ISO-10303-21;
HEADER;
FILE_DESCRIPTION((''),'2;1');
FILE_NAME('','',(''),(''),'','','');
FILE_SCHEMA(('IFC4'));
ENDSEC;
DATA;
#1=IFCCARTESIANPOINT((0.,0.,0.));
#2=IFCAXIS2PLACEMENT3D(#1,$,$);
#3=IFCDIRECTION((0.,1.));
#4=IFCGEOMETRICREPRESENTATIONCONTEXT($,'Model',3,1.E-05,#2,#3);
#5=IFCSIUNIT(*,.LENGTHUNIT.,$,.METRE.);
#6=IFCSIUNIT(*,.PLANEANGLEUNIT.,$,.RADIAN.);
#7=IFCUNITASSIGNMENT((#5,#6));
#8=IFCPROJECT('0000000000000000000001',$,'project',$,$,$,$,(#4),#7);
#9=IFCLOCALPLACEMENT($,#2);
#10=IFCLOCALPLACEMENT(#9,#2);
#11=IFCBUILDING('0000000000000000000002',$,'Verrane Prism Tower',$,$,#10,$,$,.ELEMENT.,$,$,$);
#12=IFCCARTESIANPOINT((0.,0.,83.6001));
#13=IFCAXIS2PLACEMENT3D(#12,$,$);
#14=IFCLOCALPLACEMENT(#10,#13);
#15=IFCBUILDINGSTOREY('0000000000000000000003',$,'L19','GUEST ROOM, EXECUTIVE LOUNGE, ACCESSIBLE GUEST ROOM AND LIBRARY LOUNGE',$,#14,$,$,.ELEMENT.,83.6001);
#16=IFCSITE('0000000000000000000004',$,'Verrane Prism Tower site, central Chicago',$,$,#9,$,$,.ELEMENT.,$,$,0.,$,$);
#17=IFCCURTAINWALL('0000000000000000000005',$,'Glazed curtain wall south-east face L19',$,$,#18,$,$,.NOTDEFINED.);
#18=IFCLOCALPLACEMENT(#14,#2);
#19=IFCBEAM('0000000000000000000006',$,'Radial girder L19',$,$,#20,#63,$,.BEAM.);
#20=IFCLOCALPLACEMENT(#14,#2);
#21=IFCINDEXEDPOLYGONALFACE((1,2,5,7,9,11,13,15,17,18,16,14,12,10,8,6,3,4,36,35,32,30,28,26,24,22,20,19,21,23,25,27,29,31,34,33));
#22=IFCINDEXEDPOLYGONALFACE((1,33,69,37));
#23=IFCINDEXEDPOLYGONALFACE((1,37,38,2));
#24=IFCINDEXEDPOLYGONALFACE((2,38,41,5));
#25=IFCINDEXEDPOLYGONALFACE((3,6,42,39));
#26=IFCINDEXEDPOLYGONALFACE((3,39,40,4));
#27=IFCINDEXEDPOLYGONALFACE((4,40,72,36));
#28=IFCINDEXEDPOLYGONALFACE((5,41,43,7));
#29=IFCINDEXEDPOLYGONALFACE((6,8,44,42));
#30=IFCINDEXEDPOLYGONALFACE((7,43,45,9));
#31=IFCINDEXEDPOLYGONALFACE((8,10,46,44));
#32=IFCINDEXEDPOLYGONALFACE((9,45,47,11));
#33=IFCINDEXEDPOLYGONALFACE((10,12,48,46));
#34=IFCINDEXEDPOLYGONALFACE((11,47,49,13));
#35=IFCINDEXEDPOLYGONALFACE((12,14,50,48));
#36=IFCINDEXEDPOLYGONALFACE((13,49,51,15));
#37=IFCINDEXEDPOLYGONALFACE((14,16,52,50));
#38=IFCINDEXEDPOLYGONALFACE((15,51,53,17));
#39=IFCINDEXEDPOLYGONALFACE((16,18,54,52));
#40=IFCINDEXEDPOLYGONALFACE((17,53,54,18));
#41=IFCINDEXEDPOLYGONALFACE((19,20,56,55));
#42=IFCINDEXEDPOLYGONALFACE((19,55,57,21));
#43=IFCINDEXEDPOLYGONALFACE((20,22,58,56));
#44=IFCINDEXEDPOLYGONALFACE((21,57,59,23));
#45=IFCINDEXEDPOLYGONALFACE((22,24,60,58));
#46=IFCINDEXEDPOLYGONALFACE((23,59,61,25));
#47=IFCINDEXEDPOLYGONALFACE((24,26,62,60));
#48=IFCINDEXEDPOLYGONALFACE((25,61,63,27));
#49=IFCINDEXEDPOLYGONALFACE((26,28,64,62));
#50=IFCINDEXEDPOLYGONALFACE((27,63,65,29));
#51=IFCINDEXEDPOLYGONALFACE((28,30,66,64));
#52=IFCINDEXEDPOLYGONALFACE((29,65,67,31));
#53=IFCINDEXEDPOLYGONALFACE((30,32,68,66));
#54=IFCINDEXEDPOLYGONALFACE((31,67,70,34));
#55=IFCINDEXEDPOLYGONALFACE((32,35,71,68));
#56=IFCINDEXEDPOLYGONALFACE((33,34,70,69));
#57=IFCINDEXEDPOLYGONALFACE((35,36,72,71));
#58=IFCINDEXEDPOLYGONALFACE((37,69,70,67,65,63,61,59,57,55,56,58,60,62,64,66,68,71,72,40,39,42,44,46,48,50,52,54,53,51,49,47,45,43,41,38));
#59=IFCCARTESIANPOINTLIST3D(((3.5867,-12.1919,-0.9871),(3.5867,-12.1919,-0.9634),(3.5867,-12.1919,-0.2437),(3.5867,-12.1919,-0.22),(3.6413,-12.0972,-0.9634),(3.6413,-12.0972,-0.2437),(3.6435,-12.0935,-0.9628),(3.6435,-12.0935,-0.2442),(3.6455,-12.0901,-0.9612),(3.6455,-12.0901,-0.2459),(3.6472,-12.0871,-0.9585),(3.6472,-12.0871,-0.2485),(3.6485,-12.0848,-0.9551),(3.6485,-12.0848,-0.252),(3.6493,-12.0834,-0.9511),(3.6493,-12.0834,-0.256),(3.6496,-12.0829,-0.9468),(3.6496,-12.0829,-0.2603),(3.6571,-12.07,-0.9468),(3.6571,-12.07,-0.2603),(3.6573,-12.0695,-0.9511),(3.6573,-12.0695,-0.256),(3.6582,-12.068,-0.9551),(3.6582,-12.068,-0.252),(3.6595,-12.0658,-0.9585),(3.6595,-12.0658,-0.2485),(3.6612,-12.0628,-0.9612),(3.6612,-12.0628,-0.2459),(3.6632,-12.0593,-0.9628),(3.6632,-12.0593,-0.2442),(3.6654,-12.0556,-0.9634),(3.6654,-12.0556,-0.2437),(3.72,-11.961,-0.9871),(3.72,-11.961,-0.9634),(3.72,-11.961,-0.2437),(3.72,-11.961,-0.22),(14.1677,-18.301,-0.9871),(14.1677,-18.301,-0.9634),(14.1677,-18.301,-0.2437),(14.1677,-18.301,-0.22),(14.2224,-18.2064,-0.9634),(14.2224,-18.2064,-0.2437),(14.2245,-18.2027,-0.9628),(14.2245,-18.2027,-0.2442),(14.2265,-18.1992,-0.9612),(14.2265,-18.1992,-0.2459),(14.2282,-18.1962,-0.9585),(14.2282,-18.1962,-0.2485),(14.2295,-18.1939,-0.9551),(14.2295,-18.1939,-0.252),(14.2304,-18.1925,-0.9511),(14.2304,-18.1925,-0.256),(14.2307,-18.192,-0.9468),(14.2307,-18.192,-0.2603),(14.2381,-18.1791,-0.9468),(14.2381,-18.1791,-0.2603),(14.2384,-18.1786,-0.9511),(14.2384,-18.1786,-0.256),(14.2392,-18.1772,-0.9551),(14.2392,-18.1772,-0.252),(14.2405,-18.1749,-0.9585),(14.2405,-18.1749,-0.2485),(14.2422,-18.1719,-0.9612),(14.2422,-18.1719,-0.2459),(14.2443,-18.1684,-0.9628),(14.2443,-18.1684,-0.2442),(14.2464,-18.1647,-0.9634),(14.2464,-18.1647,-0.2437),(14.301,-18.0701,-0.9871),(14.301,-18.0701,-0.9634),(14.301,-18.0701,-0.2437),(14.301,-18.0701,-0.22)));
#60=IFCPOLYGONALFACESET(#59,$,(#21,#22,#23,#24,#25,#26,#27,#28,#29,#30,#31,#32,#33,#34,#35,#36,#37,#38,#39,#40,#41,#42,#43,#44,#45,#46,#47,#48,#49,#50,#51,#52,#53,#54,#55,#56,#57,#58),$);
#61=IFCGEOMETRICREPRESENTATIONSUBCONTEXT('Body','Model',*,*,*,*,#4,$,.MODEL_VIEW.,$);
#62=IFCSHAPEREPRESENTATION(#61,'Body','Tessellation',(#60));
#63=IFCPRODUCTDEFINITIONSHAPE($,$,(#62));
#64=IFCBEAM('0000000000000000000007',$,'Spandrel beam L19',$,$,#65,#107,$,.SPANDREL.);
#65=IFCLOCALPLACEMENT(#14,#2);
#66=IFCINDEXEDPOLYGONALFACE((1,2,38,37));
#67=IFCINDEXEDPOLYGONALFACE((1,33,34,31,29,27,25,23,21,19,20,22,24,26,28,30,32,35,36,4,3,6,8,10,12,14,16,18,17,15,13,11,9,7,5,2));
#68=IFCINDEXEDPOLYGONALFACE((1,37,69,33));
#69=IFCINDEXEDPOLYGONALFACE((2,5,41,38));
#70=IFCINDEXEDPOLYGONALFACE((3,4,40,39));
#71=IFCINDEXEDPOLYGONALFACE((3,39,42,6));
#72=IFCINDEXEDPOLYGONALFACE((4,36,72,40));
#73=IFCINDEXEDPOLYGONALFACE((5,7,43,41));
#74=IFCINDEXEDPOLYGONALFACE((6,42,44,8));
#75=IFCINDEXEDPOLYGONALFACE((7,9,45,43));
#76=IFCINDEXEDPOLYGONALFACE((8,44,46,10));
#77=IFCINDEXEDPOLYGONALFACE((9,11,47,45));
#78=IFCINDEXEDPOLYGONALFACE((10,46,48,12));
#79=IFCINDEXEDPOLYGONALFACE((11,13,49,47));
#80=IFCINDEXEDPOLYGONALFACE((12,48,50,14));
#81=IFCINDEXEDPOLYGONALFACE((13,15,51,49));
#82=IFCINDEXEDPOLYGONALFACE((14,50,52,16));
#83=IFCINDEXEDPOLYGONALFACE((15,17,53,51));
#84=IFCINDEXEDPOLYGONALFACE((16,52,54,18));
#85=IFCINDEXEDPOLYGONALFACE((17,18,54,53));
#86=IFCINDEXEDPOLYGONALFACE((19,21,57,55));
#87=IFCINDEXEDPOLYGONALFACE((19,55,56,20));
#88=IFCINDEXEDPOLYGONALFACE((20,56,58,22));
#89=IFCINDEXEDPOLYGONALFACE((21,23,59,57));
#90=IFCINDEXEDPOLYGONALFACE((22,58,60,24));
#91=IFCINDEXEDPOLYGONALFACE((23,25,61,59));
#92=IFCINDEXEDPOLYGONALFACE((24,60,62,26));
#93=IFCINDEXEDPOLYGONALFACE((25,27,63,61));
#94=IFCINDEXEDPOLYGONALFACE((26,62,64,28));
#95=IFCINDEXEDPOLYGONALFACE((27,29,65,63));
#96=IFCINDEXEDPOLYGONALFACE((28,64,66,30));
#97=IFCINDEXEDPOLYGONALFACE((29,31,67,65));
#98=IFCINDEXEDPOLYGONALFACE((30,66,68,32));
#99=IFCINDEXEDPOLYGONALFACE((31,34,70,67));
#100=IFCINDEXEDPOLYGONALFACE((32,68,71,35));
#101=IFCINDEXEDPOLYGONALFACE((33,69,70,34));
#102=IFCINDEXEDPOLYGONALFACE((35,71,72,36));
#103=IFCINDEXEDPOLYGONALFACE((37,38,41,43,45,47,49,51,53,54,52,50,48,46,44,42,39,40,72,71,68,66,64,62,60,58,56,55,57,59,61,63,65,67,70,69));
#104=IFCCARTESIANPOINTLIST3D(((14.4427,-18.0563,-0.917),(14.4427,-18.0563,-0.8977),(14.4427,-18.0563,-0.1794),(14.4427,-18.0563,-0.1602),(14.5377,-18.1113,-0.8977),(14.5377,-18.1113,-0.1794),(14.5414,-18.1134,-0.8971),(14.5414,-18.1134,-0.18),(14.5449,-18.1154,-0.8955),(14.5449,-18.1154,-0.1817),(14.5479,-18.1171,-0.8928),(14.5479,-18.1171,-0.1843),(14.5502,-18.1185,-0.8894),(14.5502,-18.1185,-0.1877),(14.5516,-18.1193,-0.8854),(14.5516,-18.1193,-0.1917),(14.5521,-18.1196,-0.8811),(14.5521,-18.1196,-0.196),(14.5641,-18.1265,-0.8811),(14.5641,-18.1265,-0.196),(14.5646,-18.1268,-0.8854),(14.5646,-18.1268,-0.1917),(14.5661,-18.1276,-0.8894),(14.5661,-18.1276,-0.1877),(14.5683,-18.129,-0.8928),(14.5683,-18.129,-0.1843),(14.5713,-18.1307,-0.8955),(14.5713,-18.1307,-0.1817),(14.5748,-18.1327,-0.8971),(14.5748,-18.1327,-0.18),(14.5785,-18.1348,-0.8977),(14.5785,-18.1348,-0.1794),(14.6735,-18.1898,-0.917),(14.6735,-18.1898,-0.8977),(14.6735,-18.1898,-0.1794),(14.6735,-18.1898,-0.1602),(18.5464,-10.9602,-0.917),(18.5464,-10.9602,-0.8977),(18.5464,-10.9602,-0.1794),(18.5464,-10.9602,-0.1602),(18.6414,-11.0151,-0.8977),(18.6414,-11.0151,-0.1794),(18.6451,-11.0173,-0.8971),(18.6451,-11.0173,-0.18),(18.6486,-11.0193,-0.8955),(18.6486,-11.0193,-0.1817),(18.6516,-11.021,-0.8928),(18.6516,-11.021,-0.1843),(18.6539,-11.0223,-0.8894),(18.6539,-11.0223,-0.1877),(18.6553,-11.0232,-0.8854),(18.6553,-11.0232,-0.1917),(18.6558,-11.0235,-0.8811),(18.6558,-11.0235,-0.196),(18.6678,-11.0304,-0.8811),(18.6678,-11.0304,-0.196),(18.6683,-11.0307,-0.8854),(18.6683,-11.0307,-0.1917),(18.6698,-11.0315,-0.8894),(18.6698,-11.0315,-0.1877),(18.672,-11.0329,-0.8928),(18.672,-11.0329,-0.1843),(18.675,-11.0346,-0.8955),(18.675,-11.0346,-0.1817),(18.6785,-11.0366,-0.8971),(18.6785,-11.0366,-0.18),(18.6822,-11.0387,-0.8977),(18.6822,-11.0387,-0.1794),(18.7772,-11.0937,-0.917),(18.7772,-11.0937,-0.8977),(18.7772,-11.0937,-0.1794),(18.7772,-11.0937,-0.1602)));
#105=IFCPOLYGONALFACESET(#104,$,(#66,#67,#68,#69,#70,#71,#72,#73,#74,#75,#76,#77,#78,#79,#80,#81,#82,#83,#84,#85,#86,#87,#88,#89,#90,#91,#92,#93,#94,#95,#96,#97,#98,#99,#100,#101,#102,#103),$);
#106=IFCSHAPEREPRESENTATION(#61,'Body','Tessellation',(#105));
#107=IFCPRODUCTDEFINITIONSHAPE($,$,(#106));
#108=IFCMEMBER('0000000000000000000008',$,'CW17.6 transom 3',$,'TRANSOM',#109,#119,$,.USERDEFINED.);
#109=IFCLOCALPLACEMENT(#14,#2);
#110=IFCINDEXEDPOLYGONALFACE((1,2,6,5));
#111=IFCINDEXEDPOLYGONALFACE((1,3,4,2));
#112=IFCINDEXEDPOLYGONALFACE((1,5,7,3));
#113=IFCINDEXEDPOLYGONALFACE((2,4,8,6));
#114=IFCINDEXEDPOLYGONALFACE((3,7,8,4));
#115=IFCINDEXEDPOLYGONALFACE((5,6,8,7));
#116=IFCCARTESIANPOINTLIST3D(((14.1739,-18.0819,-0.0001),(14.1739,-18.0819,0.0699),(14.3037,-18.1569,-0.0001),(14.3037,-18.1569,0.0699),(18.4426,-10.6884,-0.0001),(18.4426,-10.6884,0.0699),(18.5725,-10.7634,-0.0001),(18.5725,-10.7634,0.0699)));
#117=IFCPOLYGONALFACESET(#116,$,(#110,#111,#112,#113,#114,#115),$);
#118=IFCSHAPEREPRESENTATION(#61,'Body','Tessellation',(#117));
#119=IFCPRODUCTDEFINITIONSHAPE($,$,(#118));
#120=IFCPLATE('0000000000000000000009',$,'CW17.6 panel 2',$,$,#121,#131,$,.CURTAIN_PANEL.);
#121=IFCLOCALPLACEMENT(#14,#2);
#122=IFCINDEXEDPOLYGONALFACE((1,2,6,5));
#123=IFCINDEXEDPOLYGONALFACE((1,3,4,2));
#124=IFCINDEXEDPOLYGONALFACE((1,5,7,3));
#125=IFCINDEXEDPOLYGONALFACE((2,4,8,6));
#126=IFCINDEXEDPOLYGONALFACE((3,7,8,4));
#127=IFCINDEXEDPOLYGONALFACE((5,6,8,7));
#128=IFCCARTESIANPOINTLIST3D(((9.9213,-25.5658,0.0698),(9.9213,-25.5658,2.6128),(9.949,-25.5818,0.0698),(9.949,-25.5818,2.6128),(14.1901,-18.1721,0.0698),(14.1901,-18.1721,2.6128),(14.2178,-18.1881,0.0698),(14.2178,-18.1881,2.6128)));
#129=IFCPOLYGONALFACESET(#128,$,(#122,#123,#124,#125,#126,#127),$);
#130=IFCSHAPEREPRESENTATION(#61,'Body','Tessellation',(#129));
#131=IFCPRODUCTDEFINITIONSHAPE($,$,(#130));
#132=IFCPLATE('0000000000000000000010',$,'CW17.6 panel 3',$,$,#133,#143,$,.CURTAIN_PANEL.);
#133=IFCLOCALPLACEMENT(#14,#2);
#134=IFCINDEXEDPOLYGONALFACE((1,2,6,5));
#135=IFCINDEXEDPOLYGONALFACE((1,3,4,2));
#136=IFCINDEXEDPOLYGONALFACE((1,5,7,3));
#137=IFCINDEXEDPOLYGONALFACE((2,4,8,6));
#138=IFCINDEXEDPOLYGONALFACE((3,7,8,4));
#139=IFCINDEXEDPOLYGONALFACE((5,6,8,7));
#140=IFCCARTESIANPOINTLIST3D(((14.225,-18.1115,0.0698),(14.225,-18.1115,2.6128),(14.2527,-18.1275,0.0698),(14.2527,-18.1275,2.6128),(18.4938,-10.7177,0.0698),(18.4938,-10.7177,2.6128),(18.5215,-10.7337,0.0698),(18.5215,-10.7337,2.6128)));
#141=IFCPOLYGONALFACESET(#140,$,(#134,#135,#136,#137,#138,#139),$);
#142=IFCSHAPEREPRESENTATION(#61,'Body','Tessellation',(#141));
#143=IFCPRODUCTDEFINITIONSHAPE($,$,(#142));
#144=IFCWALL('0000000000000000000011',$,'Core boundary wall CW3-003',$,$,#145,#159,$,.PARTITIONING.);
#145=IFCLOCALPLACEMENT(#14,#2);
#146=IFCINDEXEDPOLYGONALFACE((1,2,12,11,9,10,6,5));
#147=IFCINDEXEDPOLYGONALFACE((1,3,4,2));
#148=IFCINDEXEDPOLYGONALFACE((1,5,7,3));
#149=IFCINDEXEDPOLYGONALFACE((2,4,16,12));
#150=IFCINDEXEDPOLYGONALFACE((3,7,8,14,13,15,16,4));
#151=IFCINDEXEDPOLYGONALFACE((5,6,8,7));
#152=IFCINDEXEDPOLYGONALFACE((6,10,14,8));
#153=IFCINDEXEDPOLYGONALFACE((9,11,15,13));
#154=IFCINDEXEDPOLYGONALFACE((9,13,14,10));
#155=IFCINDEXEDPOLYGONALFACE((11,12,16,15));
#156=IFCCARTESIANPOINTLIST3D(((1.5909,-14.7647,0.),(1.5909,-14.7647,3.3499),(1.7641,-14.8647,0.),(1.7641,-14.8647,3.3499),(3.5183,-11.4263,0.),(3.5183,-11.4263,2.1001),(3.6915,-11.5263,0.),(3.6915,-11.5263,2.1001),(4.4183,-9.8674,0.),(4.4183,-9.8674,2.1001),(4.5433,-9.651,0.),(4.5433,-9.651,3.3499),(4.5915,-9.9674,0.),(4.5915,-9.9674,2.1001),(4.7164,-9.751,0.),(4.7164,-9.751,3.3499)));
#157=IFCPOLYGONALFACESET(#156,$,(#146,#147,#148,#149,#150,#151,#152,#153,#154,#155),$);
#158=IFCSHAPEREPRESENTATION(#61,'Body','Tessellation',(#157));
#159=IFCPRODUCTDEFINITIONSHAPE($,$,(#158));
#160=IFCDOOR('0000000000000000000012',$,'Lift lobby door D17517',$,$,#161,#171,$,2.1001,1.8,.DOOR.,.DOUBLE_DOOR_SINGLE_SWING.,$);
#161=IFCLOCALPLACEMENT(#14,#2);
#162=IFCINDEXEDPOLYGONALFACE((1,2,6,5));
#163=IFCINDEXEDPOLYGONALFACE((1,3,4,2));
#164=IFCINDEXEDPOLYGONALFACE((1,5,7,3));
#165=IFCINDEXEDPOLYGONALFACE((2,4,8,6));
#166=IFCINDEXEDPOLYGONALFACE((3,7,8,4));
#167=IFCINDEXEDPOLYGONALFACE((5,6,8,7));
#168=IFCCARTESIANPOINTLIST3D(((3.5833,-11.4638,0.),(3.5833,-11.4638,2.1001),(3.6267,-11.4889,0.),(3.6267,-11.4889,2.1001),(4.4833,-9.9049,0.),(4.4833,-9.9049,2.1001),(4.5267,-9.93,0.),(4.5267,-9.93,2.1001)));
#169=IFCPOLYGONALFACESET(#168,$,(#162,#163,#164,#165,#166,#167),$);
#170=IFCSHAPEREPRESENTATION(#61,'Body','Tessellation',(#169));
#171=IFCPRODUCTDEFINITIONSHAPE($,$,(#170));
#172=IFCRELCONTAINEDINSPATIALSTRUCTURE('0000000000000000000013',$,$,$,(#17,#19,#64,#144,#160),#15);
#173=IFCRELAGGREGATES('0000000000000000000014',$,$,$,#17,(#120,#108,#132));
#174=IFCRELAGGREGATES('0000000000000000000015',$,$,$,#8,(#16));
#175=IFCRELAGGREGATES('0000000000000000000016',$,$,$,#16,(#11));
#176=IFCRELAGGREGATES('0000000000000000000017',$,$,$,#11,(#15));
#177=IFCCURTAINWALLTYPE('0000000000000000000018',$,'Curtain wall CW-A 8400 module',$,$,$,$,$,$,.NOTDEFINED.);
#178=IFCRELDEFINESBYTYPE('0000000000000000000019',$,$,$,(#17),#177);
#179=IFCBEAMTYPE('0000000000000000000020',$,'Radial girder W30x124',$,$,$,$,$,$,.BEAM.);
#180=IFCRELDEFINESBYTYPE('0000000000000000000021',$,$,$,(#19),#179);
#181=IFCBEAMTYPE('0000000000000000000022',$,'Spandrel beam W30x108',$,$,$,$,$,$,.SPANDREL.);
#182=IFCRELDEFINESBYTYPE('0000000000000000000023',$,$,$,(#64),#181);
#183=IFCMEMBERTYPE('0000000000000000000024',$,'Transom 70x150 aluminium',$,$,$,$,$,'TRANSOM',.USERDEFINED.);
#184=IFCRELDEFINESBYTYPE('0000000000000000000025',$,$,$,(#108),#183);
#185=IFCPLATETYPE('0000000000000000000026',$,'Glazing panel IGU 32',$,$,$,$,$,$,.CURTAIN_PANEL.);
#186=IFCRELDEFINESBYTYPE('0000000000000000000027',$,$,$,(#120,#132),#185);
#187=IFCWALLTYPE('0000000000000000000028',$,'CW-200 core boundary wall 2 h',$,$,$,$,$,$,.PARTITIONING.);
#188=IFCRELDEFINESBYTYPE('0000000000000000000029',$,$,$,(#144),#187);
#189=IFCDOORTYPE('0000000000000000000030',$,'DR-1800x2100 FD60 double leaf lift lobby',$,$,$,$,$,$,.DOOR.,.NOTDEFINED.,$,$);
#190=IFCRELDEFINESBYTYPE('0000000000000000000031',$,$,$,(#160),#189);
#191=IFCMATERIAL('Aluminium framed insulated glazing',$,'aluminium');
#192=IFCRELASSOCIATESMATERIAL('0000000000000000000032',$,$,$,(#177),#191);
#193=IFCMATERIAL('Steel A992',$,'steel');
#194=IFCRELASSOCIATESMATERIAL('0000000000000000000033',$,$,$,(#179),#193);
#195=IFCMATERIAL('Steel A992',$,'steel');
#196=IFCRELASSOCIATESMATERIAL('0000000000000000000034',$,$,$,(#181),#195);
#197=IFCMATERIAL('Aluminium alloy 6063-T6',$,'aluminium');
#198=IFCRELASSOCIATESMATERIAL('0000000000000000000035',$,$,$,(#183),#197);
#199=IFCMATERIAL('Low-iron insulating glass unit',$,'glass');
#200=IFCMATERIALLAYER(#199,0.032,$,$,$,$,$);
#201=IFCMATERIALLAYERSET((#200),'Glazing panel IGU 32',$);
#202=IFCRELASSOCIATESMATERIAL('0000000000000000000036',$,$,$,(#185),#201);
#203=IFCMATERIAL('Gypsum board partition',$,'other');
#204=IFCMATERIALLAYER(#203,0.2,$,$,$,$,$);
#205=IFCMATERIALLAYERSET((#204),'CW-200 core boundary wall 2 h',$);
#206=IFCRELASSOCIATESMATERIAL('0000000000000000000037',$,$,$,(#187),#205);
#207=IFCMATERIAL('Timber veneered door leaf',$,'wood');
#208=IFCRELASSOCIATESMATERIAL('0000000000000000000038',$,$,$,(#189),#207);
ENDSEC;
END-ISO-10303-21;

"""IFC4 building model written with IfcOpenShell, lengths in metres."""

from ifc_helpers import new_model, si_unit, direction, frame, frame_2d, origin, origin_2d, place, context, subcontext, project, spatial, rectangle, i_section, extrude, material, layer, layer_set, material_profile, profile_set, type_object, element, fill, aggregate, save


model = new_model("IFC4")

# Units and contexts
model_context = context("Model", 3, precision=1e-05, world=origin(), true_north=direction((0.0, 1.0)))
body_context = subcontext(model_context, "Body", "Model", "MODEL_VIEW")
ifc_project = project(units=[si_unit("LENGTHUNIT", "METRE"), si_unit("PLANEANGLEUNIT", "RADIAN")], contexts=[model_context])

# Site, building, storey
site_placement = place(None, origin())
site = spatial("IfcSite", under=ifc_project, at=site_placement, Name="Verrane Prism Tower site, central Chicago", CompositionType="ELEMENT", RefElevation=0.0)
building_placement = place(site_placement, origin())
building = spatial("IfcBuilding", under=site, at=building_placement, Name="Verrane Prism Tower", CompositionType="ELEMENT")
storey_placement = place(building_placement, frame((0.0, 0.0, 83.6001)))
storey = spatial("IfcBuildingStorey", under=building, at=storey_placement, Name="L19", Description="GUEST ROOM, EXECUTIVE LOUNGE, ACCESSIBLE GUEST ROOM AND LIBRARY LOUNGE", CompositionType="ELEMENT", Elevation=83.6001)

# Curtain wall
ifc_material_1 = material(Name="Aluminium framed insulated glazing", Category="aluminium")
curtain_wall_type = type_object("IfcCurtainWallType", Name="Curtain wall CW-A 8400 module", PredefinedType="NOTDEFINED", material=ifc_material_1)
curtain_wall_placement = place(storey_placement, origin())
curtain_wall = element("IfcCurtainWall", 1, at=curtain_wall_placement, inside=storey, type_object=curtain_wall_type, Name="Glazed curtain wall south-east face L19", PredefinedType="NOTDEFINED")

# Beams
ifc_material_2 = material(Name="Steel A992", Category="steel")
ifc_material_profile_1 = material_profile(ifc_material_2, i_section(OverallWidth=0.2666, OverallDepth=0.7671, WebThickness=0.0149, FlangeThickness=0.0237, FilletRadius=0.0166, at=origin_2d()), Name="W30x124")
ifc_profile_set_1 = profile_set([ifc_material_profile_1], Name="Steel A992")
beam_type_1 = type_object("IfcBeamType", Name="Radial girder W30x124", PredefinedType="BEAM", material=ifc_profile_set_1)
beam_1_placement = place(storey_placement, frame((14.2344, -18.1855, -0.6035), z_axis=(-0.86602, 0.50001, 0.0), x_axis=(-0.50001, -0.86602, 0.0)))
element("IfcBeam", 2, at=beam_1_placement, inside=storey, type_object=beam_type_1, Name="Radial girder L19", PredefinedType="BEAM", context=body_context, shape_type="SweptSolid", body=[
    extrude(i_section(OverallWidth=0.2666, OverallDepth=0.7671, WebThickness=0.0149, FlangeThickness=0.0237, FilletRadius=0.0166, at=origin_2d()), origin(), (0.0, 0.0, 1.0), 12.218),
])
ifc_material_3 = material(Name="Steel A992", Category="steel")
ifc_material_profile_2 = material_profile(ifc_material_3, i_section(OverallWidth=0.2666, OverallDepth=0.7568, WebThickness=0.0139, FlangeThickness=0.0193, FilletRadius=0.0166, at=origin_2d()), Name="W30x108")
ifc_profile_set_2 = profile_set([ifc_material_profile_2], Name="Steel A992")
beam_type_2 = type_object("IfcBeamType", Name="Spandrel beam W30x108", PredefinedType="SPANDREL", material=ifc_profile_set_2)
beam_2_placement = place(storey_placement, frame((14.5581, -18.123, -0.5386), z_axis=(0.500619, 0.865667, 0.0), x_axis=(-0.865667, 0.500619, 0.0)))
element("IfcBeam", 3, at=beam_2_placement, inside=storey, type_object=beam_type_2, Name="Spandrel beam L19", PredefinedType="SPANDREL", context=body_context, shape_type="SweptSolid", body=[
    extrude(i_section(OverallWidth=0.2666, OverallDepth=0.7568, WebThickness=0.0139, FlangeThickness=0.0193, FilletRadius=0.0166, at=origin_2d()), origin(), (0.0, 0.0, 1.0), 8.1973),
])

# Member
ifc_material_4 = material(Name="Aluminium alloy 6063-T6", Category="aluminium")
ifc_material_profile_3 = material_profile(ifc_material_4, rectangle(XDim=0.1499, YDim=0.0701, at=origin_2d()), Name="Transom 70x150 aluminium")
ifc_profile_set_3 = profile_set([ifc_material_profile_3], Name="Aluminium alloy 6063-T6")
member_type_1 = type_object("IfcMemberType", Name="Transom 70x150 aluminium", ElementType="TRANSOM", PredefinedType="USERDEFINED", material=ifc_profile_set_3)
member_1_placement = place(storey_placement, frame((14.2388, -18.1194, 0.0349), z_axis=(0.500011, 0.866019, 0.0), x_axis=(-0.866019, 0.500011, 0.0)))
member_1 = element("IfcMember", 4, at=member_1_placement, type_object=member_type_1, Name="CW17.6 transom 3", ObjectType="TRANSOM", PredefinedType="USERDEFINED", context=body_context, shape_type="SweptSolid", body=[
    extrude(rectangle(XDim=0.1499, YDim=0.0701, at=origin_2d()), origin(), (0.0, 0.0, 1.0), 8.5374),
])

# Plates
ifc_material_5 = material(Name="Low-iron insulating glass unit", Category="glass")
ifc_layer_1 = layer(ifc_material_5, 0.032)
ifc_layer_set_1 = layer_set([ifc_layer_1], Name="Glazing panel IGU 32")
plate_type = type_object("IfcPlateType", Name="Glazing panel IGU 32", PredefinedType="CURTAIN_PANEL", material=ifc_layer_set_1)
plate_1_placement = place(storey_placement, frame((12.0696, -21.877, 0.0698), z_axis=(0.0, 0.0, 1.0), x_axis=(0.499999, 0.866026, 0.0)))
plate_1 = element("IfcPlate", 5, at=plate_1_placement, type_object=plate_type, Name="CW17.6 panel 2", PredefinedType="CURTAIN_PANEL", context=body_context, shape_type="SweptSolid", body=[
    extrude(rectangle(XDim=8.5376, YDim=0.032, at=origin_2d()), origin(), (0.0, 0.0, 1.0), 2.543),
])
plate_2_placement = place(storey_placement, frame((16.3733, -14.4226, 0.0698), z_axis=(0.0, 0.0, 1.0), x_axis=(0.499999, 0.866026, 0.0)))
plate_2 = element("IfcPlate", 6, at=plate_2_placement, type_object=plate_type, Name="CW17.6 panel 3", PredefinedType="CURTAIN_PANEL", context=body_context, shape_type="SweptSolid", body=[
    extrude(rectangle(XDim=8.5376, YDim=0.032, at=origin_2d()), origin(), (0.0, 0.0, 1.0), 2.543),
])
aggregate(curtain_wall, [plate_1, member_1, plate_2])

# Wall, opening, door
ifc_material_6 = material(Name="Gypsum board partition", Category="other")
ifc_layer_2 = layer(ifc_material_6, 0.2)
ifc_layer_set_2 = layer_set([ifc_layer_2], Name="CW-200 core boundary wall 2 h")
wall_type_1 = type_object("IfcWallType", Name="CW-200 core boundary wall 2 h", PredefinedType="PARTITIONING", material=ifc_layer_set_2)
wall_1_placement = place(storey_placement, frame((1.6775, -14.8147, 0.0), z_axis=(0.0, 0.0, 1.0), x_axis=(0.499994, 0.866029, 0.0)))
wall_1 = element("IfcWall", 7, at=wall_1_placement, inside=storey, type_object=wall_type_1, Name="Core boundary wall CW3-003", PredefinedType="PARTITIONING", context=body_context, shape_type="SweptSolid", body=[
    extrude(rectangle(XDim=5.9048, YDim=0.2, at=frame_2d((2.9524, 0.0))), origin(), (0.0, 0.0, 1.0), 3.3499),
])
opening_1_placement = place(wall_1_placement, frame((3.855, 0.0, 0.0)))
opening_1 = element("IfcOpeningElement", 8, at=opening_1_placement, cuts=wall_1, PredefinedType="OPENING", context=body_context, shape_type="SweptSolid", body=[
    extrude(rectangle(XDim=1.8, YDim=2.1001, at=frame_2d((0.8999, 1.05))), frame((0.0, 0.1099, 0.0), z_axis=(0.0, -1.0, 0.0), x_axis=(1.0, 0.0, 0.0)), (0.0, 0.0, 1.0), 0.22),
])
ifc_material_7 = material(Name="Timber veneered door leaf", Category="wood")
door_type_1 = type_object("IfcDoorType", Name="DR-1800x2100 FD60 double leaf lift lobby", OperationType="NOTDEFINED", PredefinedType="DOOR", material=ifc_material_7)
door_1_placement = place(opening_1_placement, origin())
door_1 = element("IfcDoor", 9, at=door_1_placement, inside=storey, type_object=door_type_1, Name="Lift lobby door D17517", OperationType="DOUBLE_DOOR_SINGLE_SWING", OverallHeight=2.1001, OverallWidth=1.8, PredefinedType="DOOR", context=body_context, shape_type="SweptSolid", body=[
    extrude(rectangle(XDim=1.8, YDim=2.1001, at=frame_2d((0.8999, 1.05))), frame((0.0, 0.0249, 0.0), z_axis=(0.0, -1.0, 0.0), x_axis=(1.0, 0.0, 0.0)), (0.0, 0.0, 1.0), 0.05),
])
fill(opening_1, door_1)

save(model, "model.ifc")
